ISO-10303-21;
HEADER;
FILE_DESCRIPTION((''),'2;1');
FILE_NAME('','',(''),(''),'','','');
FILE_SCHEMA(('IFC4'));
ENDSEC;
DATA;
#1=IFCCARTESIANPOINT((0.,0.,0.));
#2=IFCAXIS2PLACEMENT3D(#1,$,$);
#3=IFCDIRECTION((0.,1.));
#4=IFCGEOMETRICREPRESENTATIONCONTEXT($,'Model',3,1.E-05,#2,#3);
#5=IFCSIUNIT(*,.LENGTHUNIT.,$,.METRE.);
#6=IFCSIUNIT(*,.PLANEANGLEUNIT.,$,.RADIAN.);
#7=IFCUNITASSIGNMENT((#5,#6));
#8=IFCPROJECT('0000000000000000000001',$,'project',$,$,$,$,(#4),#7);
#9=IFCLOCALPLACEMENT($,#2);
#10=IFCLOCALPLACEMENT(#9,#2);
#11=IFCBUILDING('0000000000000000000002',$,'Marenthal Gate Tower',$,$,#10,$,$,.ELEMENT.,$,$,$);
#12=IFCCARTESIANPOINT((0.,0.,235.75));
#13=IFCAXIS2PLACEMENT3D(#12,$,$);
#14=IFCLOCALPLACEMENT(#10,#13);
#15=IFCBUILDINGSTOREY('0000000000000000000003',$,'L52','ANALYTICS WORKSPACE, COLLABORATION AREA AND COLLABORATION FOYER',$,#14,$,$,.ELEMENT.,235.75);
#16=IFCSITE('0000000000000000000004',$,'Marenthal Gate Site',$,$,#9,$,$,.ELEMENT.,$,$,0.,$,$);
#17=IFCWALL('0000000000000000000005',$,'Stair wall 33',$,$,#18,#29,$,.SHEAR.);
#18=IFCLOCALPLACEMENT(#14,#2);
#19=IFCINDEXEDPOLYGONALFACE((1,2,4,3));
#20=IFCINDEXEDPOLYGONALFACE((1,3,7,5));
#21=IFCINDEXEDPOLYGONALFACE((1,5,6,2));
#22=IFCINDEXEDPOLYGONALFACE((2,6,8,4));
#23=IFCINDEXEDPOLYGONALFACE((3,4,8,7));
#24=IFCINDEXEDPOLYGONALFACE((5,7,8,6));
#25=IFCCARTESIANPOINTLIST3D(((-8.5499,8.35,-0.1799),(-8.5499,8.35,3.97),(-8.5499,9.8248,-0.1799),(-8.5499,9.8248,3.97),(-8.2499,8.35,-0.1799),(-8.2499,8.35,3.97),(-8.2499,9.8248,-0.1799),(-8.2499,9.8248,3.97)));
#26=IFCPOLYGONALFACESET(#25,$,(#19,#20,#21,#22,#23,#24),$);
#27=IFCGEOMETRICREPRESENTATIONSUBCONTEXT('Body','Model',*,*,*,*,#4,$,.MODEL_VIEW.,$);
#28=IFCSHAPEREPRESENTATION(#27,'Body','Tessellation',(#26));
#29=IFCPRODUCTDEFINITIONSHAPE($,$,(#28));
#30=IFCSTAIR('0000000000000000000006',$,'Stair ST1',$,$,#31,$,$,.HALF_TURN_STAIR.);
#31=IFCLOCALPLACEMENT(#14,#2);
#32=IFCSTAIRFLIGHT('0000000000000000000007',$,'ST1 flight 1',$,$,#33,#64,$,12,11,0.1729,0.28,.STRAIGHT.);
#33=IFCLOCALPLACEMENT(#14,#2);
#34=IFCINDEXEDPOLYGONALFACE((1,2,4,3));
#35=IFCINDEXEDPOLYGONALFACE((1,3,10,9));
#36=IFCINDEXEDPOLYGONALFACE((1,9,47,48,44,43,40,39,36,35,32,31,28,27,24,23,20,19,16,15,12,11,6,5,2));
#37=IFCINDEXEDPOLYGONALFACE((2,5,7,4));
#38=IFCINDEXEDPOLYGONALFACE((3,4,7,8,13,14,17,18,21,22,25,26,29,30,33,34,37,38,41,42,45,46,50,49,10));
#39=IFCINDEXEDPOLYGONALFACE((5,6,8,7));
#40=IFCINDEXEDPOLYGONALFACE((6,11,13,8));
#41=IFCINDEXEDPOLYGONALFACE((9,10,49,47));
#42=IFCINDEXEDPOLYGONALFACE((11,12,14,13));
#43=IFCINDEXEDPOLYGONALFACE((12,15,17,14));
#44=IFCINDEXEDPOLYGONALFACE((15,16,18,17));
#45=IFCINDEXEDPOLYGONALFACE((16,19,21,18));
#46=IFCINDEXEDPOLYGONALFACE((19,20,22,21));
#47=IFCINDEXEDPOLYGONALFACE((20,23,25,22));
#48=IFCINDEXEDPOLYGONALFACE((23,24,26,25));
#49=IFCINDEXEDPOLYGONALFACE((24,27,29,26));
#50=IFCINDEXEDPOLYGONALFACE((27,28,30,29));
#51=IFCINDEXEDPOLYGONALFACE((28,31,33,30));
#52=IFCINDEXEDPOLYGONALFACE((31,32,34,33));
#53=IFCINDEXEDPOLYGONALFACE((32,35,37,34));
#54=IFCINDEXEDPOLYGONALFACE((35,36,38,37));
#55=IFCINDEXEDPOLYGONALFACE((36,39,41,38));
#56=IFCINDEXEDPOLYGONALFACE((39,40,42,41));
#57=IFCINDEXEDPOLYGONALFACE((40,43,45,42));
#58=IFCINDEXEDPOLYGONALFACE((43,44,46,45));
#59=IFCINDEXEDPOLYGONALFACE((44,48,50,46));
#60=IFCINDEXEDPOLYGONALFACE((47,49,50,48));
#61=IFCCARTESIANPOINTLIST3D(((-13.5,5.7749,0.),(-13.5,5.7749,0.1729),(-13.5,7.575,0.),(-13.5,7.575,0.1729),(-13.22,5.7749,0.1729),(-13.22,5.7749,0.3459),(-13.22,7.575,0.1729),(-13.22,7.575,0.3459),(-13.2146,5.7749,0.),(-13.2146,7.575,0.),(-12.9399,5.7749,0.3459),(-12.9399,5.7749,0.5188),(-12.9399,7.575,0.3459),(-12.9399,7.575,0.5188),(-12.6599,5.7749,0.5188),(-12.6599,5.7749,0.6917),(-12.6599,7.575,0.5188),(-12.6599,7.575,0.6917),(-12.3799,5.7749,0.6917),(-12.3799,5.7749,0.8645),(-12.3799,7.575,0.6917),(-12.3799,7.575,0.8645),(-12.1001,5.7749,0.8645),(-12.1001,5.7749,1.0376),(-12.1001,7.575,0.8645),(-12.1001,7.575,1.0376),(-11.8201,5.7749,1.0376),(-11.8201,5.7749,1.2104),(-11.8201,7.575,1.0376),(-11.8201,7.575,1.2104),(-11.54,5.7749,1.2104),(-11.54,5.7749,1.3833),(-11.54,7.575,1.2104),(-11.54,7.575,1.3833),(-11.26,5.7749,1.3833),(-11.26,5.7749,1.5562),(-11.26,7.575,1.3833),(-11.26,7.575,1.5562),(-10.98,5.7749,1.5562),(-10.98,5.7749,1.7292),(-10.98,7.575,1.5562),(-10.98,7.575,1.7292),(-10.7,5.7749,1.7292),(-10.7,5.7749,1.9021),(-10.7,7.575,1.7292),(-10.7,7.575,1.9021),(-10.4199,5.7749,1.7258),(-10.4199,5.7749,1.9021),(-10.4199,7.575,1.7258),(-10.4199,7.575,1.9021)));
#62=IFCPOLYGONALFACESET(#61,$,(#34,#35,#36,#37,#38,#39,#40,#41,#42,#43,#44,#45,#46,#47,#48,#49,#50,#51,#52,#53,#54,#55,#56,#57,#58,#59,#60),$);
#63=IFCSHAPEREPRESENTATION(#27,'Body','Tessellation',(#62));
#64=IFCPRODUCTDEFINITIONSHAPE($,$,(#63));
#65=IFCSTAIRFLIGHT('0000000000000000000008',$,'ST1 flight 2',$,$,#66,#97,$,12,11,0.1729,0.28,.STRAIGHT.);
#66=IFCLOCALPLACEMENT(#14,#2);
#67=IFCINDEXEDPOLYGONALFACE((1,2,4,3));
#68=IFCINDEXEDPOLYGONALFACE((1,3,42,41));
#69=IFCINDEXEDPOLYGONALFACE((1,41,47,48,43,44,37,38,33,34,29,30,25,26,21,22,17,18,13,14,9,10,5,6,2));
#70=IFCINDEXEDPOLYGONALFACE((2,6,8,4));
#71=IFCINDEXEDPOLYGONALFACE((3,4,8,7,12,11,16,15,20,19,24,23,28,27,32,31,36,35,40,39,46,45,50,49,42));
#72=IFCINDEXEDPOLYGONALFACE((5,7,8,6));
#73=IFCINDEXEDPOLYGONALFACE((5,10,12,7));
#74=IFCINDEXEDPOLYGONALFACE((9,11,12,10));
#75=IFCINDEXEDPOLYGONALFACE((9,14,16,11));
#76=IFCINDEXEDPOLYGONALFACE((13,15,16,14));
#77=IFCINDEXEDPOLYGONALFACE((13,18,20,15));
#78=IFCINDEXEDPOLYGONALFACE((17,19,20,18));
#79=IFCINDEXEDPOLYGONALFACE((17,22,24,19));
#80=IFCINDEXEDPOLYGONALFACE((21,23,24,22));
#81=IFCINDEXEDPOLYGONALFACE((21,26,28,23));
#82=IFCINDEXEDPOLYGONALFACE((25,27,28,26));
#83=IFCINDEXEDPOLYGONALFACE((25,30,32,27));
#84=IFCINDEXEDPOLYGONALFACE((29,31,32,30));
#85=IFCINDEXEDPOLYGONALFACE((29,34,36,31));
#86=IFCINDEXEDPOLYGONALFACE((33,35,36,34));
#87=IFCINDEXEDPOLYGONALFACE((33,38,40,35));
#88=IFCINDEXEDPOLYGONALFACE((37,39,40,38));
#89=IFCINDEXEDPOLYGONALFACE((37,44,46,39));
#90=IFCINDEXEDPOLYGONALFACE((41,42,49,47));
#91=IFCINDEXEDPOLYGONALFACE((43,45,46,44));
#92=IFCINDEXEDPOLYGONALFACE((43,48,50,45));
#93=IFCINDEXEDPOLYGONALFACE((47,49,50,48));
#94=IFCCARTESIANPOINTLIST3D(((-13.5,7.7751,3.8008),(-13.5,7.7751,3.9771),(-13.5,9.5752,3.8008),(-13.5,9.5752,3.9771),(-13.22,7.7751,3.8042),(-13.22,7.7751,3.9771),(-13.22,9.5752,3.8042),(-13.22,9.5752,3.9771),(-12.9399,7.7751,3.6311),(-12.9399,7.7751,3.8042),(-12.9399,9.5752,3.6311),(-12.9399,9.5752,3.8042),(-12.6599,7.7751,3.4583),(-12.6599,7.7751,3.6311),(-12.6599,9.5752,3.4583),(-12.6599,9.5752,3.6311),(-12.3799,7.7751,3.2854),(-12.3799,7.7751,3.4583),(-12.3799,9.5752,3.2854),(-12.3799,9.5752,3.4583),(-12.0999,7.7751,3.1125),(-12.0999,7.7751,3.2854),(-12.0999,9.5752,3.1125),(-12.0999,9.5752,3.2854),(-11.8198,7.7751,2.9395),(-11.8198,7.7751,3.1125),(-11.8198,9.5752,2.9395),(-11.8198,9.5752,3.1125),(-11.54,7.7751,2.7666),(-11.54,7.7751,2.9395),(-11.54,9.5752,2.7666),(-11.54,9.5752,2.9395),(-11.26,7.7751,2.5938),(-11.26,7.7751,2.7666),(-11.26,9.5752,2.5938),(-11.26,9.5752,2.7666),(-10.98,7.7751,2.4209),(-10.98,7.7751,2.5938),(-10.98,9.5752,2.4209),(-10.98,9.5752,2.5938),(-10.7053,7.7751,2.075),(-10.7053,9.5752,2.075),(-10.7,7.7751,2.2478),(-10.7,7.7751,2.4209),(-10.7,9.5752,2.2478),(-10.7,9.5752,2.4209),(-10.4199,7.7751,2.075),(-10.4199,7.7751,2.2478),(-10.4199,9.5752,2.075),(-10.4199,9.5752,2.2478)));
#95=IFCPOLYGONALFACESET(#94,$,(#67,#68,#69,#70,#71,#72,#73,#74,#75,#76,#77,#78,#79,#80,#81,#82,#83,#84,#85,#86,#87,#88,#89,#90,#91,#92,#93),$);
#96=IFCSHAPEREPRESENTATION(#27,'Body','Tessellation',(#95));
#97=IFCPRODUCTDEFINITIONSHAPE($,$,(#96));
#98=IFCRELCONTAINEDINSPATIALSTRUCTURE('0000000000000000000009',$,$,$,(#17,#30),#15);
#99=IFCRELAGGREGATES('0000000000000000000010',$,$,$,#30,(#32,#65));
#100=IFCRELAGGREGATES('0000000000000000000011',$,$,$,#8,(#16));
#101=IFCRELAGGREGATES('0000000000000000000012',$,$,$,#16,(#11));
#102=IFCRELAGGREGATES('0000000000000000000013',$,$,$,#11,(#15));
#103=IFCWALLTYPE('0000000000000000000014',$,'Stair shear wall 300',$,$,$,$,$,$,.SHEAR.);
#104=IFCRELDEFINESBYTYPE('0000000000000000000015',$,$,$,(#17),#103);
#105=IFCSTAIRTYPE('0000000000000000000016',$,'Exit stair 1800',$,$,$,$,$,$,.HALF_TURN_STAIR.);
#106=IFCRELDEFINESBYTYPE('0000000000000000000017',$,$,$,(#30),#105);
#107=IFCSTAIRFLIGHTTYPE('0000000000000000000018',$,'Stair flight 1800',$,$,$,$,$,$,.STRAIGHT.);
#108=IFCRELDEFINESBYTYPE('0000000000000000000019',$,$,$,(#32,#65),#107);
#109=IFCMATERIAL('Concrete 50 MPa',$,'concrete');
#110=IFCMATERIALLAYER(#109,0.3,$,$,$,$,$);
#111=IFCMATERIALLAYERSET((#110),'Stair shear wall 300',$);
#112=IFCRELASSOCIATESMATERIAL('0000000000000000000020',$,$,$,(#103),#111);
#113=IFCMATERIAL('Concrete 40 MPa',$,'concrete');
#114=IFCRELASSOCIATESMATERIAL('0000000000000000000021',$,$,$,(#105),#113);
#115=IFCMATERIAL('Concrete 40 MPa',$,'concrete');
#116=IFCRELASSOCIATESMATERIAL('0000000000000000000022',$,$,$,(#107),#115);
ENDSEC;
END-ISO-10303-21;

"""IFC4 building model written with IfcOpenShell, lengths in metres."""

from ifc_helpers import new_model, si_unit, direction, frame, frame_2d, origin, place, context, subcontext, project, spatial, polyline, rectangle, outline, extrude, material, layer, layer_set, type_object, element, aggregate, save


model = new_model("IFC4")

# Units and contexts
model_context = context("Model", 3, precision=1e-05, world=origin(), true_north=direction((0.0, 1.0)))
body_context = subcontext(model_context, "Body", "Model", "MODEL_VIEW")
ifc_project = project(units=[si_unit("LENGTHUNIT", "METRE"), si_unit("PLANEANGLEUNIT", "RADIAN")], contexts=[model_context])

# Site, building, storey
site_placement = place(None, origin())
site = spatial("IfcSite", under=ifc_project, at=site_placement, Name="Marenthal Gate Site", CompositionType="ELEMENT", RefElevation=0.0)
building_placement = place(site_placement, origin())
building = spatial("IfcBuilding", under=site, at=building_placement, Name="Marenthal Gate Tower", CompositionType="ELEMENT")
storey_placement = place(building_placement, frame((0.0, 0.0, 235.75)))
storey = spatial("IfcBuildingStorey", under=building, at=storey_placement, Name="L52", Description="ANALYTICS WORKSPACE, COLLABORATION AREA AND COLLABORATION FOYER", CompositionType="ELEMENT", Elevation=235.75)

# Wall
ifc_material_1 = material(Name="Concrete 50 MPa", Category="concrete")
ifc_layer_1 = layer(ifc_material_1, 0.3)
ifc_layer_set_1 = layer_set([ifc_layer_1], Name="Stair shear wall 300")
wall_type_1 = type_object("IfcWallType", Name="Stair shear wall 300", PredefinedType="SHEAR", material=ifc_layer_set_1)
wall_1_placement = place(storey_placement, frame((-8.3999, 8.3501, -0.1799), z_axis=(0.0, 0.0, 1.0), x_axis=(0.0, 1.0, 0.0)))
element("IfcWall", 1, at=wall_1_placement, inside=storey, type_object=wall_type_1, Name="Stair wall 33", PredefinedType="SHEAR", context=body_context, shape_type="SweptSolid", body=[
    extrude(rectangle(XDim=1.4749, YDim=0.3, at=frame_2d((0.7373, 0.0))), origin(), (0.0, 0.0, 1.0), 4.1499),
])

# Stair, stair flights
ifc_material_2 = material(Name="Concrete 40 MPa", Category="concrete")
stair_type = type_object("IfcStairType", Name="Exit stair 1800", PredefinedType="HALF_TURN_STAIR", material=ifc_material_2)
stair_placement = place(storey_placement, origin())
stair = element("IfcStair", 2, at=stair_placement, inside=storey, type_object=stair_type, Name="Stair ST1", PredefinedType="HALF_TURN_STAIR")
ifc_material_3 = material(Name="Concrete 40 MPa", Category="concrete")
stair_flight_type = type_object("IfcStairFlightType", Name="Stair flight 1800", PredefinedType="STRAIGHT", material=ifc_material_3)
stair_flight_1_placement = place(storey_placement, frame((-13.5, 6.675, 0.0), z_axis=(0.0, 0.0, 1.0), x_axis=(1.0, 0.0, 0.0)))
stair_flight_1 = element("IfcStairFlight", 3, at=stair_flight_1_placement, type_object=stair_flight_type, Name="ST1 flight 1", NumberOfRisers=12, NumberOfTreads=11, PredefinedType="STRAIGHT", RiserHeight=0.1729, TreadLength=0.28, context=body_context, shape_type="SweptSolid", body=[
    extrude(outline(polyline([(0.0, 0.0), (0.0, 0.1729), (0.28, 0.1729), (0.28, 0.3459), (0.5601, 0.3459), (0.5601, 0.5188), (0.8401, 0.5188), (0.8401, 0.6917), (1.1201, 0.6917), (1.1201, 0.8645), (1.3999, 0.8645), (1.3999, 1.0376), (1.6799, 1.0376), (1.6799, 1.2104), (1.96, 1.2104), (1.96, 1.3833), (2.24, 1.3833), (2.24, 1.5562), (2.52, 1.5562), (2.52, 1.7292), (2.8, 1.7292), (2.8, 1.9021), (3.0801, 1.9021), (3.0801, 2.075), (3.0801, 1.7258), (0.2854, 0.0), (0.0, 0.0)])), frame((0.0, 0.8999, 0.0), z_axis=(0.0, -1.0, 0.0), x_axis=(1.0, 0.0, 0.0)), (0.0, 0.0, 1.0), 1.8),
])
stair_flight_2_placement = place(storey_placement, frame((-10.4199, 8.675, 2.075), z_axis=(0.0, 0.0, 1.0), x_axis=(-1.0, 0.0, 0.0)))
stair_flight_2 = element("IfcStairFlight", 4, at=stair_flight_2_placement, type_object=stair_flight_type, Name="ST1 flight 2", NumberOfRisers=12, NumberOfTreads=11, PredefinedType="STRAIGHT", RiserHeight=0.1729, TreadLength=0.28, context=body_context, shape_type="SweptSolid", body=[
    extrude(outline(polyline([(0.0, 0.0), (0.0, 0.1729), (0.28, 0.1729), (0.28, 0.3459), (0.5601, 0.3459), (0.5601, 0.5188), (0.8401, 0.5188), (0.8401, 0.6917), (1.1201, 0.6917), (1.1201, 0.8645), (1.3999, 0.8645), (1.3999, 1.0376), (1.6799, 1.0376), (1.6799, 1.2104), (1.96, 1.2104), (1.96, 1.3833), (2.24, 1.3833), (2.24, 1.5562), (2.52, 1.5562), (2.52, 1.7292), (2.8, 1.7292), (2.8, 1.9021), (3.0801, 1.9021), (3.0801, 2.075), (3.0801, 1.7258), (0.2854, 0.0), (0.0, 0.0)])), frame((0.0, 0.8999, 0.0), z_axis=(0.0, -1.0, 0.0), x_axis=(1.0, 0.0, 0.0)), (0.0, 0.0, 1.0), 1.8),
])
aggregate(stair, [stair_flight_1, stair_flight_2])

save(model, "model.ifc")
